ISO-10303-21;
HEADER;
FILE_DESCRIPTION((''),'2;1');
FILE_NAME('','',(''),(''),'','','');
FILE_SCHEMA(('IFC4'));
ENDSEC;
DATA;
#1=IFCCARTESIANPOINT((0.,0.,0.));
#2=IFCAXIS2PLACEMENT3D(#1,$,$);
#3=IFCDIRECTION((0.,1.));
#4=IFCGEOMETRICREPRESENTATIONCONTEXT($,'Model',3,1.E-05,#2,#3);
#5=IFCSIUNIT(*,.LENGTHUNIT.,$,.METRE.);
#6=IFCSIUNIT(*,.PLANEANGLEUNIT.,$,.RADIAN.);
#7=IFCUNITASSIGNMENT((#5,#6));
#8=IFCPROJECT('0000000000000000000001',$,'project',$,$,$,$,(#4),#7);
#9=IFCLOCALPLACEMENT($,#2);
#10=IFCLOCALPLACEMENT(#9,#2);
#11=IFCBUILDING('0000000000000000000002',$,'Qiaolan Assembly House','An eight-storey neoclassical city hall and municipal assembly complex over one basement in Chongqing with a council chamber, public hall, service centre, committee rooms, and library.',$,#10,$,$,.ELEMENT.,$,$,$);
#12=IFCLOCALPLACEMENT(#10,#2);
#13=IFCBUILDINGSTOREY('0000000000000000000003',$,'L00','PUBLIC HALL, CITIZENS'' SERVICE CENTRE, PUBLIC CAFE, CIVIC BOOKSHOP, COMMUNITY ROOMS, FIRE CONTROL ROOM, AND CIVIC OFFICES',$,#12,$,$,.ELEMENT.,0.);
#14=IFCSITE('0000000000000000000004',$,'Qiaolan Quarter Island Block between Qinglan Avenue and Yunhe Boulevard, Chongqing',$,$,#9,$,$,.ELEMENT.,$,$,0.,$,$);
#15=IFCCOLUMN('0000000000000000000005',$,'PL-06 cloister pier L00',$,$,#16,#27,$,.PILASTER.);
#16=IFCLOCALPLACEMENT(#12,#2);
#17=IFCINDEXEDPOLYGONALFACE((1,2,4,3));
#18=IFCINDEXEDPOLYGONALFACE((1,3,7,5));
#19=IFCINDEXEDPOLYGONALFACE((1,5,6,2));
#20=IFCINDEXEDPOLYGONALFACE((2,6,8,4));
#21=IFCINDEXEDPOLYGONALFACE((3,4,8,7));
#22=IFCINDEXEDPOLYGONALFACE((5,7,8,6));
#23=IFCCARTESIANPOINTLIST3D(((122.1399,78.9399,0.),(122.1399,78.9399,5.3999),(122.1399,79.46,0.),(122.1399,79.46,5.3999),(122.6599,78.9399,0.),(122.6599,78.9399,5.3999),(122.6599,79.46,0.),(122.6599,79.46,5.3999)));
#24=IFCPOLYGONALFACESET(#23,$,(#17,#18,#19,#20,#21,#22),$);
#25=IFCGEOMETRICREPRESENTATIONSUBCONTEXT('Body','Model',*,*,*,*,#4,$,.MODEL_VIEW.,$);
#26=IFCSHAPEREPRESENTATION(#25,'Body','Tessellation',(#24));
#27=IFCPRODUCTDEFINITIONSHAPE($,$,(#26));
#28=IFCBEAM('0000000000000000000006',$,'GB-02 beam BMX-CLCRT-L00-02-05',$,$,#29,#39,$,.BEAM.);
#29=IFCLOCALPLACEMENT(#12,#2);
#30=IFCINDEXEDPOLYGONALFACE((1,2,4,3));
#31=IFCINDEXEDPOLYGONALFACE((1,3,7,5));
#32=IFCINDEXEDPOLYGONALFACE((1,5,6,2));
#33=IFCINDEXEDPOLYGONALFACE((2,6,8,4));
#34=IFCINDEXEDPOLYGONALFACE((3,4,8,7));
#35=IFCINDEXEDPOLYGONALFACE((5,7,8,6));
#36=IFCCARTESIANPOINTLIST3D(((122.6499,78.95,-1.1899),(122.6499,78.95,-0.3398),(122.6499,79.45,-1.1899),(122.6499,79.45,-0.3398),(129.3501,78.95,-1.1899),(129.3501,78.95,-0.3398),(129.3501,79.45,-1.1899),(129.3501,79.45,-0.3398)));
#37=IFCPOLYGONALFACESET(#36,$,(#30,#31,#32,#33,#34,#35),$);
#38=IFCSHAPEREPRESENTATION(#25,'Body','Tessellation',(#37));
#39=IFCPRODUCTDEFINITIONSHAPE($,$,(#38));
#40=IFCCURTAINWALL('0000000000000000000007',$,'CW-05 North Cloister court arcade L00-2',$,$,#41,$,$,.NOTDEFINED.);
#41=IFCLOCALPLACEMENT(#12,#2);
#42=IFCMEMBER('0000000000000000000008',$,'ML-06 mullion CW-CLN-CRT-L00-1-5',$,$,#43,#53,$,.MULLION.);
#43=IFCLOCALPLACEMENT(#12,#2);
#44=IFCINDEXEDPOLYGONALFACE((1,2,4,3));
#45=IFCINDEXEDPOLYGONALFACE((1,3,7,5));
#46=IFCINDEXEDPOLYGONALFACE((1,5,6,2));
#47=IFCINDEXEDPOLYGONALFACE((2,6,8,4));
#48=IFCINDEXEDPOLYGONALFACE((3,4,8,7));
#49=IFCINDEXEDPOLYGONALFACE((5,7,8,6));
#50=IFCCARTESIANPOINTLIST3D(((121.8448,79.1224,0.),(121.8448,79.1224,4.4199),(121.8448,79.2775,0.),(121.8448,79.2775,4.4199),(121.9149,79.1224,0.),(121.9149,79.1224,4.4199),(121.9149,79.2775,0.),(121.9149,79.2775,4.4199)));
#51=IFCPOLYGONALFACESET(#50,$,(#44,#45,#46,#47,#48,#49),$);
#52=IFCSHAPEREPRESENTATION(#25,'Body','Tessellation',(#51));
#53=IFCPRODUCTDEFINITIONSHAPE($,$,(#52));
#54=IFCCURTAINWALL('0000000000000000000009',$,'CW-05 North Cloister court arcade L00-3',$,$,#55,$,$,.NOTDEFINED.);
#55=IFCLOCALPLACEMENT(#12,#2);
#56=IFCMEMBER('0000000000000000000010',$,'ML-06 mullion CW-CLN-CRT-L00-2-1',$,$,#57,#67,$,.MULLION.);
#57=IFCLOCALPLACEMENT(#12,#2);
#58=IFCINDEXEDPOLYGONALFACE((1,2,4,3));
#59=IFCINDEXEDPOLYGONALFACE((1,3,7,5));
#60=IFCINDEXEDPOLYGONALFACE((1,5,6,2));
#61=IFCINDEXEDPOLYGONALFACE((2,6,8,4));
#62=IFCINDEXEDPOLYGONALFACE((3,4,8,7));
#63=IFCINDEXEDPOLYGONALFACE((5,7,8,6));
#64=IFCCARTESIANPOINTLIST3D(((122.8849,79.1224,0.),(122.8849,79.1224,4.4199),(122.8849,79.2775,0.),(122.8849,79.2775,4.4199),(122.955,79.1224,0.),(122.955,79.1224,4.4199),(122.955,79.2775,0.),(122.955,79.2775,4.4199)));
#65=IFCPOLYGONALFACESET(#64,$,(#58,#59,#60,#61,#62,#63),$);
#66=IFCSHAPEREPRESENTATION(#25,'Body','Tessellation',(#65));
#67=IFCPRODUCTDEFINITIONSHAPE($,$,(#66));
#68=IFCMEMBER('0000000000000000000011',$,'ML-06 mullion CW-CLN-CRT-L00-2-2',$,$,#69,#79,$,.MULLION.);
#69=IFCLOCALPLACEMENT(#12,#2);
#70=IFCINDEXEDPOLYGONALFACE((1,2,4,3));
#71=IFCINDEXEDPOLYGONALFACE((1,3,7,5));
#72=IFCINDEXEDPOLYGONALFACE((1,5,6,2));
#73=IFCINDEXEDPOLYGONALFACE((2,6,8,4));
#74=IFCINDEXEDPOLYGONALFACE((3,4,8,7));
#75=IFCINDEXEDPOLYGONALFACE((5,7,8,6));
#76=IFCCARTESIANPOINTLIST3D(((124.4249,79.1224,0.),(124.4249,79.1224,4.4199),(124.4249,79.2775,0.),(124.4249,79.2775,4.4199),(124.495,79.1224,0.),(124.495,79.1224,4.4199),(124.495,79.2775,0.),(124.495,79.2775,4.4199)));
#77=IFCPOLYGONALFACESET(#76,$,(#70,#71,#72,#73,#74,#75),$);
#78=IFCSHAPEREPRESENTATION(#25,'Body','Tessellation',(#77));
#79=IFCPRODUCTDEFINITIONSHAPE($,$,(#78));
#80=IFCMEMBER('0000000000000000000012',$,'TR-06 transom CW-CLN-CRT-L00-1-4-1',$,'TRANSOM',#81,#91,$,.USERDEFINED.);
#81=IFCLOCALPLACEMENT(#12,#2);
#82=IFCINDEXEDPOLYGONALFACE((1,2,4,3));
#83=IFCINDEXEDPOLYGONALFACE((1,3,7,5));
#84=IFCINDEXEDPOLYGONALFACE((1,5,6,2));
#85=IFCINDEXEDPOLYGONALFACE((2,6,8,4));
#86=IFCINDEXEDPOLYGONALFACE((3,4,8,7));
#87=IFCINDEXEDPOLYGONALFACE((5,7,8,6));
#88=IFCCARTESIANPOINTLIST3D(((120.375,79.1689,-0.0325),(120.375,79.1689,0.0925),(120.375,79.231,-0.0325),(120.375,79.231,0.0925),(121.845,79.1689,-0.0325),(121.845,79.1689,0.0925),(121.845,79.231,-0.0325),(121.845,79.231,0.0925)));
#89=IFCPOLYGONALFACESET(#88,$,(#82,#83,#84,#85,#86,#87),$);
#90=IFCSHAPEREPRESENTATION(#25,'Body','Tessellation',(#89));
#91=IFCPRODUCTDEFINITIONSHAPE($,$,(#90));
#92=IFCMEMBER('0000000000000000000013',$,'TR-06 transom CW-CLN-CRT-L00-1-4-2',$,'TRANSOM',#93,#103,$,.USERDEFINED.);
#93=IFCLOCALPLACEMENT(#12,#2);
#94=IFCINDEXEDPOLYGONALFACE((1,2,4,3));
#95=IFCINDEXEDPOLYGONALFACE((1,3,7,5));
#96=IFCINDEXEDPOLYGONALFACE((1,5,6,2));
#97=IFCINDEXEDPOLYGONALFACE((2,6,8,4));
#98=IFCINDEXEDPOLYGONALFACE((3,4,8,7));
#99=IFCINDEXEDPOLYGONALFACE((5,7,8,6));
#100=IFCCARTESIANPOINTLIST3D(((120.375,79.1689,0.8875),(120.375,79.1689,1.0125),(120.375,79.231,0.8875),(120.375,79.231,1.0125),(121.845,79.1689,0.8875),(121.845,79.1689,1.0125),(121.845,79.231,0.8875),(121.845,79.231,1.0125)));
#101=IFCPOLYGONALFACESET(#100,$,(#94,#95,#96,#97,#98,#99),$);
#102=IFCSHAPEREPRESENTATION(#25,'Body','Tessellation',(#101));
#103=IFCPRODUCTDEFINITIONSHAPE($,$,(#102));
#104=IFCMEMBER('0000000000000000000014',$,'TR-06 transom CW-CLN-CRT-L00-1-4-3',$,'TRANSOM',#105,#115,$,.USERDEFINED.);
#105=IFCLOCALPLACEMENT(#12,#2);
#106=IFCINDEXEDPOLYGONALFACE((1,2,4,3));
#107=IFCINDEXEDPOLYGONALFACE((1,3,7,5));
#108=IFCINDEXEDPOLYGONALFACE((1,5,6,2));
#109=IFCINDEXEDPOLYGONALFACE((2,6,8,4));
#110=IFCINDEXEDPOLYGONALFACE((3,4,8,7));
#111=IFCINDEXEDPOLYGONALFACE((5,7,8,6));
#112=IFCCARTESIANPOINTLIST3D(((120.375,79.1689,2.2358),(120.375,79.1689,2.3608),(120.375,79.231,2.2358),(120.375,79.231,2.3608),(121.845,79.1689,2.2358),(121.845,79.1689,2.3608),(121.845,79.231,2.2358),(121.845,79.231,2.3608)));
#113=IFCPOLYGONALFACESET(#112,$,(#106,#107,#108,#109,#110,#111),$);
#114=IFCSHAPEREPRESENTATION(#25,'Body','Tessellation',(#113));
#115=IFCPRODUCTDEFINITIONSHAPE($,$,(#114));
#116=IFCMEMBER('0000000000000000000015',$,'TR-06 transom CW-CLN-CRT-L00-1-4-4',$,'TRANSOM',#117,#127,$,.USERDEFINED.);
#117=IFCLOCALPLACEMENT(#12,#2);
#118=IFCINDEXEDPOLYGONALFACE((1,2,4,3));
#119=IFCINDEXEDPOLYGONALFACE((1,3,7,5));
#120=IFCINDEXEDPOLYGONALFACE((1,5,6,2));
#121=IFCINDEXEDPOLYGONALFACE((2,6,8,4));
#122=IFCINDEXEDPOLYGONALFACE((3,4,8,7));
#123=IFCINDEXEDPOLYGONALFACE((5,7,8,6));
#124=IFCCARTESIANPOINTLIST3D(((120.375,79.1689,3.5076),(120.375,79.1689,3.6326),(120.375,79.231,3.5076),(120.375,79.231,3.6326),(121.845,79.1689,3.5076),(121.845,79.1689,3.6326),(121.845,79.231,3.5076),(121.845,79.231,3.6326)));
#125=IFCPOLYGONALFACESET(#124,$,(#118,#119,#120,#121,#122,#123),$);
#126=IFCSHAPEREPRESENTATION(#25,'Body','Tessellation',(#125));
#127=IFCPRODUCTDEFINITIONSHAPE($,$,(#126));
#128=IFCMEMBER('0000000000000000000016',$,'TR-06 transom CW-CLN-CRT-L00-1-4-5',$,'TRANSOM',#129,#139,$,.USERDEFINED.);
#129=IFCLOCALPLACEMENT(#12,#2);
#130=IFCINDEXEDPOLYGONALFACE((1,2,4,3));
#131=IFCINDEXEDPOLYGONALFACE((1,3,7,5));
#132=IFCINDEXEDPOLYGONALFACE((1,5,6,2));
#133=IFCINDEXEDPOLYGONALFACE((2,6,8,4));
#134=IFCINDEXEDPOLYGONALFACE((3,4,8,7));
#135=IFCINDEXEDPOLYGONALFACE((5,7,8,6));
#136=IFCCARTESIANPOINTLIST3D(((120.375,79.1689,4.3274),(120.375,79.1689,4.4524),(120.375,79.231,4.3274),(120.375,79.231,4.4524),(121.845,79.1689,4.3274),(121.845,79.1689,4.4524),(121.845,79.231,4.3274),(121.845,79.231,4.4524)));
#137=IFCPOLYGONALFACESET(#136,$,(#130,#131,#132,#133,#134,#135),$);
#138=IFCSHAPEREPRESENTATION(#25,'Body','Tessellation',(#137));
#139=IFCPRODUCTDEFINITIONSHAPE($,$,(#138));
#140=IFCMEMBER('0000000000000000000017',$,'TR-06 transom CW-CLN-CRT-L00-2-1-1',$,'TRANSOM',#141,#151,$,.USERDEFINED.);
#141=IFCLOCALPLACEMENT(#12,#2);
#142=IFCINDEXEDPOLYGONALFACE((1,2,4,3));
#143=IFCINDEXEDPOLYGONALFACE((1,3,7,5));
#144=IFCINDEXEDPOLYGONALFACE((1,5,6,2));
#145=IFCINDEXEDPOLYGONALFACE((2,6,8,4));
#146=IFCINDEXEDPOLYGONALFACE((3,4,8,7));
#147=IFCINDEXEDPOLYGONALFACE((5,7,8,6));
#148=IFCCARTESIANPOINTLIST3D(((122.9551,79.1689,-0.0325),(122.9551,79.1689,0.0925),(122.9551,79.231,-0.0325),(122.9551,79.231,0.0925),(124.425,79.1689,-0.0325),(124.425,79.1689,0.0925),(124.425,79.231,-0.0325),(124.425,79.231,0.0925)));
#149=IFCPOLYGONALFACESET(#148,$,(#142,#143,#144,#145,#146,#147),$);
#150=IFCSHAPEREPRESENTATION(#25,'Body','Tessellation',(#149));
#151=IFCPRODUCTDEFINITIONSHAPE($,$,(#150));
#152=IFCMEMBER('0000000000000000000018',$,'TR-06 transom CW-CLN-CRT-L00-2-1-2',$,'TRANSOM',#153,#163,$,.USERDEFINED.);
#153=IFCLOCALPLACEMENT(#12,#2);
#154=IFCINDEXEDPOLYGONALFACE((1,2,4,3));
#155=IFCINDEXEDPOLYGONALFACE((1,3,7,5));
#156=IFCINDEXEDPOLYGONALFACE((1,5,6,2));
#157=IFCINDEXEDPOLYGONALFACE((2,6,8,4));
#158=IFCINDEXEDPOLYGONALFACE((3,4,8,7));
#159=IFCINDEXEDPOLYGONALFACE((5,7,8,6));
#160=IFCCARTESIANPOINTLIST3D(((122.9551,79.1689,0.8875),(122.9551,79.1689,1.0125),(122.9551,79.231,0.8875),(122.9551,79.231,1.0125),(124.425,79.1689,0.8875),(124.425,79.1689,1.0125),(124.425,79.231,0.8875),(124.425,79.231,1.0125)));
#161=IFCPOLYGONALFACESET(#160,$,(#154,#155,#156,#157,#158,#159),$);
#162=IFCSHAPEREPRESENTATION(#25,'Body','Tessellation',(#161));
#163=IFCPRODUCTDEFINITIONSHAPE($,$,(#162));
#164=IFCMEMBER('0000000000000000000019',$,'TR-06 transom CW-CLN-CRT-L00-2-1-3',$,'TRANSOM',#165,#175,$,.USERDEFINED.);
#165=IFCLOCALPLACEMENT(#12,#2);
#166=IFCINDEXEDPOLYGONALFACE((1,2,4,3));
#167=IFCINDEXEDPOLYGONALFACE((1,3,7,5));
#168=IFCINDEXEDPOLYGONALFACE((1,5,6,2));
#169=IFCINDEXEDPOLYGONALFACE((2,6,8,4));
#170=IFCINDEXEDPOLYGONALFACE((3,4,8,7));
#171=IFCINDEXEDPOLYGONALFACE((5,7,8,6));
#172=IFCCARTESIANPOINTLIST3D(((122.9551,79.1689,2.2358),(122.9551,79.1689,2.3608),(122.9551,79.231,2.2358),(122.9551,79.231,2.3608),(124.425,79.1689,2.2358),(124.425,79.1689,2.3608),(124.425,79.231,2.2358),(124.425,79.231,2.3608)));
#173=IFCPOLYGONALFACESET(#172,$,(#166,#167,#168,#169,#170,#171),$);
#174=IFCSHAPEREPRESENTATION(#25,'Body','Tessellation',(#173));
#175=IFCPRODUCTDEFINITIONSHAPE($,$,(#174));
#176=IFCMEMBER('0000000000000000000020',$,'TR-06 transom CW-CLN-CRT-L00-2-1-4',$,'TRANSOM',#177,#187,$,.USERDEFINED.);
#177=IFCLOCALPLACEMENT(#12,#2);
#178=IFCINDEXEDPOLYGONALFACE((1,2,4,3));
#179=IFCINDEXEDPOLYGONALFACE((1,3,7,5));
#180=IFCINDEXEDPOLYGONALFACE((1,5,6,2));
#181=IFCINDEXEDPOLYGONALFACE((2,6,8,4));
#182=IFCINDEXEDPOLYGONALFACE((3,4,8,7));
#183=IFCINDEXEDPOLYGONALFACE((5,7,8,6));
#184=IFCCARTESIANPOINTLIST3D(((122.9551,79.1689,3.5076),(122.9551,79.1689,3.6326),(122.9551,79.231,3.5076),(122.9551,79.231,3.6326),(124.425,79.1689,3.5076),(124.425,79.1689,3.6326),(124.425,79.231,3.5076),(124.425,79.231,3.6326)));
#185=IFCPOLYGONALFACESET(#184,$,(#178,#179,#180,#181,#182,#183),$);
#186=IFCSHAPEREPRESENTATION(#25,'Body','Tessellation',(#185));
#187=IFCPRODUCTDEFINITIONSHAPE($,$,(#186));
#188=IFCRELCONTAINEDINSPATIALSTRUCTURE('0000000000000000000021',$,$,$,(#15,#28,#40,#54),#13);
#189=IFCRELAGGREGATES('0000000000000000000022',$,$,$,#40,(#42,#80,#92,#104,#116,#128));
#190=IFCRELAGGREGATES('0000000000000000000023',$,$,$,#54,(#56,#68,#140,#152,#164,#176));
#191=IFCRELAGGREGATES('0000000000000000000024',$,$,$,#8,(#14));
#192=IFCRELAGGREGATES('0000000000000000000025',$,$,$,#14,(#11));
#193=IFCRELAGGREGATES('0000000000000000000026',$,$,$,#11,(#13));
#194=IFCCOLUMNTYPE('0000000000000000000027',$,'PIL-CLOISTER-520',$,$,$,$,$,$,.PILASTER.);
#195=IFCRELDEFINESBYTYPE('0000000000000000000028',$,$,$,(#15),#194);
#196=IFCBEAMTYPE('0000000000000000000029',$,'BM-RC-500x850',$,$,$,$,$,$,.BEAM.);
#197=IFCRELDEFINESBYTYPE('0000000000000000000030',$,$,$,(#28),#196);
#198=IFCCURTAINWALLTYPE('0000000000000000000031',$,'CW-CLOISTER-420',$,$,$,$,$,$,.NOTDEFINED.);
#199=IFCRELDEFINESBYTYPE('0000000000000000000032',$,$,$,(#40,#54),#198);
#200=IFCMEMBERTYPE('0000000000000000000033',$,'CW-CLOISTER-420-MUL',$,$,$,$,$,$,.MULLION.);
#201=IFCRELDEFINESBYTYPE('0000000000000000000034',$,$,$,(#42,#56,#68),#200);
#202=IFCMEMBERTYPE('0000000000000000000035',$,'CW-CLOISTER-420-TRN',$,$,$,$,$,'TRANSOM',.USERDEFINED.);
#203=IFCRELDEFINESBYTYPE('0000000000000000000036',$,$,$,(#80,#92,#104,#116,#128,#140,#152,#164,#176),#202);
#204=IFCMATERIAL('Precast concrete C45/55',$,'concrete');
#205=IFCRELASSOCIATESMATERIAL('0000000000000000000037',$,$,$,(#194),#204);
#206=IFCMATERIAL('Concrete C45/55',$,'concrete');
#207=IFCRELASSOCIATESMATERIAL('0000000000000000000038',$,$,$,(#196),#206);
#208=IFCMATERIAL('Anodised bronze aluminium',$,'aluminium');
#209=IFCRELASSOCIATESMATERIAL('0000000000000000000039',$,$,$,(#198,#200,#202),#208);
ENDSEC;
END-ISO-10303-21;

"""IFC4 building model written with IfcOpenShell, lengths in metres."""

from ifc_helpers import new_model, si_unit, direction, frame, origin, origin_2d, place, context, subcontext, project, spatial, rectangle, extrude, material, material_profile, profile_set, type_object, element, aggregate, save


model = new_model("IFC4")

# Units and contexts
model_context = context("Model", 3, precision=1e-05, world=origin(), true_north=direction((0.0, 1.0)))
body_context = subcontext(model_context, "Body", "Model", "MODEL_VIEW")
ifc_project = project(units=[si_unit("LENGTHUNIT", "METRE"), si_unit("PLANEANGLEUNIT", "RADIAN")], contexts=[model_context])

# Site, building, storey
site_placement = place(None, origin())
site = spatial("IfcSite", under=ifc_project, at=site_placement, Name="Qiaolan Quarter Island Block between Qinglan Avenue and Yunhe Boulevard, Chongqing", CompositionType="ELEMENT", RefElevation=0.0)
building_placement = place(site_placement, origin())
building = spatial("IfcBuilding", under=site, at=building_placement, Name="Qiaolan Assembly House", Description="An eight-storey neoclassical city hall and municipal assembly complex over one basement in Chongqing with a council chamber, public hall, service centre, committee rooms, and library.", CompositionType="ELEMENT")
storey_placement = place(building_placement, origin())
storey = spatial("IfcBuildingStorey", under=building, at=storey_placement, Name="L00", Description="PUBLIC HALL, CITIZENS' SERVICE CENTRE, PUBLIC CAFE, CIVIC BOOKSHOP, COMMUNITY ROOMS, FIRE CONTROL ROOM, AND CIVIC OFFICES", CompositionType="ELEMENT", Elevation=0.0)

# Column
ifc_material_1 = material(Name="Precast concrete C45/55", Category="concrete")
ifc_material_profile_1 = material_profile(ifc_material_1, rectangle(XDim=0.52, YDim=0.52, at=origin_2d()), Name="PIL 520x520")
ifc_profile_set_1 = profile_set([ifc_material_profile_1], Name="Precast concrete C45/55")
column_type = type_object("IfcColumnType", Name="PIL-CLOISTER-520", PredefinedType="PILASTER", material=ifc_profile_set_1)
column_placement = place(storey_placement, frame((122.3999, 79.2, 0.0), z_axis=(0.0, 0.0, 1.0), x_axis=(1.0, 0.0, 0.0)))
element("IfcColumn", 1, at=column_placement, inside=storey, type_object=column_type, Name="PL-06 cloister pier L00", PredefinedType="PILASTER", context=body_context, shape_type="SweptSolid", body=[
    extrude(rectangle(XDim=0.52, YDim=0.52, at=origin_2d()), origin(), (0.0, 0.0, 1.0), 5.3999),
])

# Beam
ifc_material_2 = material(Name="Concrete C45/55", Category="concrete")
ifc_material_profile_2 = material_profile(ifc_material_2, rectangle(XDim=0.5, YDim=0.8501, at=origin_2d()), Name="RCB 500x850")
ifc_profile_set_2 = profile_set([ifc_material_profile_2], Name="Concrete C45/55")
beam_type = type_object("IfcBeamType", Name="BM-RC-500x850", PredefinedType="BEAM", material=ifc_profile_set_2)
beam_placement = place(storey_placement, frame((122.6499, 79.2, -0.7649), z_axis=(1.0, 0.0, 0.0), x_axis=(0.0, 1.0, 0.0)))
element("IfcBeam", 2, at=beam_placement, inside=storey, type_object=beam_type, Name="GB-02 beam BMX-CLCRT-L00-02-05", PredefinedType="BEAM", context=body_context, shape_type="SweptSolid", body=[
    extrude(rectangle(XDim=0.5, YDim=0.8501, at=origin_2d()), origin(), (0.0, 0.0, 1.0), 6.7002),
])

# Curtain wall, member
ifc_material_3 = material(Name="Anodised bronze aluminium", Category="aluminium")
curtain_wall_type = type_object("IfcCurtainWallType", Name="CW-CLOISTER-420", PredefinedType="NOTDEFINED", material=ifc_material_3)
curtain_wall_1_placement = place(storey_placement, origin())
curtain_wall_1 = element("IfcCurtainWall", 3, at=curtain_wall_1_placement, inside=storey, type_object=curtain_wall_type, Name="CW-05 North Cloister court arcade L00-2", PredefinedType="NOTDEFINED")
ifc_material_profile_3 = material_profile(ifc_material_3, rectangle(XDim=0.0701, YDim=0.155, at=origin_2d()), Name="MUL 70x155")
ifc_profile_set_3 = profile_set([ifc_material_profile_3], Name="Anodised bronze aluminium")
member_type_1 = type_object("IfcMemberType", Name="CW-CLOISTER-420-MUL", PredefinedType="MULLION", material=ifc_profile_set_3)
member_1_placement = place(storey_placement, frame((121.8799, 79.2, 0.0), z_axis=(0.0, 0.0, 1.0), x_axis=(1.0, 0.0, 0.0)))
member_1 = element("IfcMember", 4, at=member_1_placement, type_object=member_type_1, Name="ML-06 mullion CW-CLN-CRT-L00-1-5", PredefinedType="MULLION", context=body_context, shape_type="SweptSolid", body=[
    extrude(rectangle(XDim=0.0701, YDim=0.155, at=origin_2d()), origin(), (0.0, 0.0, 1.0), 4.4199),
])

# Curtain wall, members
curtain_wall_2_placement = place(storey_placement, origin())
curtain_wall_2 = element("IfcCurtainWall", 5, at=curtain_wall_2_placement, inside=storey, type_object=curtain_wall_type, Name="CW-05 North Cloister court arcade L00-3", PredefinedType="NOTDEFINED")
member_2_placement = place(storey_placement, frame((122.9199, 79.2, 0.0), z_axis=(0.0, 0.0, 1.0), x_axis=(1.0, 0.0, 0.0)))
member_2 = element("IfcMember", 6, at=member_2_placement, type_object=member_type_1, Name="ML-06 mullion CW-CLN-CRT-L00-2-1", PredefinedType="MULLION", context=body_context, shape_type="SweptSolid", body=[
    extrude(rectangle(XDim=0.0701, YDim=0.155, at=origin_2d()), origin(), (0.0, 0.0, 1.0), 4.4199),
])
member_3_placement = place(storey_placement, frame((124.46, 79.2, 0.0), z_axis=(0.0, 0.0, 1.0), x_axis=(1.0, 0.0, 0.0)))
member_3 = element("IfcMember", 7, at=member_3_placement, type_object=member_type_1, Name="ML-06 mullion CW-CLN-CRT-L00-2-2", PredefinedType="MULLION", context=body_context, shape_type="SweptSolid", body=[
    extrude(rectangle(XDim=0.0701, YDim=0.155, at=origin_2d()), origin(), (0.0, 0.0, 1.0), 4.4199),
])

# Members
ifc_material_profile_4 = material_profile(ifc_material_3, rectangle(XDim=0.062, YDim=0.125, at=origin_2d()), Name="TRN 62x125")
ifc_profile_set_4 = profile_set([ifc_material_profile_4], Name="Anodised bronze aluminium")
member_type_2 = type_object("IfcMemberType", Name="CW-CLOISTER-420-TRN", ElementType="TRANSOM", PredefinedType="USERDEFINED", material=ifc_profile_set_4)
member_4_placement = place(storey_placement, frame((120.375, 79.2, 0.03), z_axis=(1.0, 0.0, 0.0), x_axis=(0.0, 1.0, 0.0)))
member_4 = element("IfcMember", 8, at=member_4_placement, type_object=member_type_2, Name="TR-06 transom CW-CLN-CRT-L00-1-4-1", ObjectType="TRANSOM", PredefinedType="USERDEFINED", context=body_context, shape_type="SweptSolid", body=[
    extrude(rectangle(XDim=0.062, YDim=0.125, at=origin_2d()), origin(), (0.0, 0.0, 1.0), 1.47),
])
member_5_placement = place(storey_placement, frame((120.375, 79.2, 0.95), z_axis=(1.0, 0.0, 0.0), x_axis=(0.0, 1.0, 0.0)))
member_5 = element("IfcMember", 9, at=member_5_placement, type_object=member_type_2, Name="TR-06 transom CW-CLN-CRT-L00-1-4-2", ObjectType="TRANSOM", PredefinedType="USERDEFINED", context=body_context, shape_type="SweptSolid", body=[
    extrude(rectangle(XDim=0.062, YDim=0.125, at=origin_2d()), origin(), (0.0, 0.0, 1.0), 1.47),
])
member_6_placement = place(storey_placement, frame((120.375, 79.2, 2.2983), z_axis=(1.0, 0.0, 0.0), x_axis=(0.0, 1.0, 0.0)))
member_6 = element("IfcMember", 10, at=member_6_placement, type_object=member_type_2, Name="TR-06 transom CW-CLN-CRT-L00-1-4-3", ObjectType="TRANSOM", PredefinedType="USERDEFINED", context=body_context, shape_type="SweptSolid", body=[
    extrude(rectangle(XDim=0.062, YDim=0.125, at=origin_2d()), origin(), (0.0, 0.0, 1.0), 1.47),
])
member_7_placement = place(storey_placement, frame((120.375, 79.2, 3.5701), z_axis=(1.0, 0.0, 0.0), x_axis=(0.0, 1.0, 0.0)))
member_7 = element("IfcMember", 11, at=member_7_placement, type_object=member_type_2, Name="TR-06 transom CW-CLN-CRT-L00-1-4-4", ObjectType="TRANSOM", PredefinedType="USERDEFINED", context=body_context, shape_type="SweptSolid", body=[
    extrude(rectangle(XDim=0.062, YDim=0.125, at=origin_2d()), origin(), (0.0, 0.0, 1.0), 1.47),
])
member_8_placement = place(storey_placement, frame((120.375, 79.2, 4.3899), z_axis=(1.0, 0.0, 0.0), x_axis=(0.0, 1.0, 0.0)))
member_8 = element("IfcMember", 12, at=member_8_placement, type_object=member_type_2, Name="TR-06 transom CW-CLN-CRT-L00-1-4-5", ObjectType="TRANSOM", PredefinedType="USERDEFINED", context=body_context, shape_type="SweptSolid", body=[
    extrude(rectangle(XDim=0.062, YDim=0.125, at=origin_2d()), origin(), (0.0, 0.0, 1.0), 1.47),
])
member_9_placement = place(storey_placement, frame((122.9551, 79.2, 0.03), z_axis=(1.0, 0.0, 0.0), x_axis=(0.0, 1.0, 0.0)))
member_9 = element("IfcMember", 13, at=member_9_placement, type_object=member_type_2, Name="TR-06 transom CW-CLN-CRT-L00-2-1-1", ObjectType="TRANSOM", PredefinedType="USERDEFINED", context=body_context, shape_type="SweptSolid", body=[
    extrude(rectangle(XDim=0.062, YDim=0.125, at=origin_2d()), origin(), (0.0, 0.0, 1.0), 1.47),
])
member_10_placement = place(storey_placement, frame((122.9551, 79.2, 0.95), z_axis=(1.0, 0.0, 0.0), x_axis=(0.0, 1.0, 0.0)))
member_10 = element("IfcMember", 14, at=member_10_placement, type_object=member_type_2, Name="TR-06 transom CW-CLN-CRT-L00-2-1-2", ObjectType="TRANSOM", PredefinedType="USERDEFINED", context=body_context, shape_type="SweptSolid", body=[
    extrude(rectangle(XDim=0.062, YDim=0.125, at=origin_2d()), origin(), (0.0, 0.0, 1.0), 1.47),
])
member_11_placement = place(storey_placement, frame((122.9551, 79.2, 2.2983), z_axis=(1.0, 0.0, 0.0), x_axis=(0.0, 1.0, 0.0)))
member_11 = element("IfcMember", 15, at=member_11_placement, type_object=member_type_2, Name="TR-06 transom CW-CLN-CRT-L00-2-1-3", ObjectType="TRANSOM", PredefinedType="USERDEFINED", context=body_context, shape_type="SweptSolid", body=[
    extrude(rectangle(XDim=0.062, YDim=0.125, at=origin_2d()), origin(), (0.0, 0.0, 1.0), 1.47),
])
member_12_placement = place(storey_placement, frame((122.9551, 79.2, 3.5701), z_axis=(1.0, 0.0, 0.0), x_axis=(0.0, 1.0, 0.0)))
member_12 = element("IfcMember", 16, at=member_12_placement, type_object=member_type_2, Name="TR-06 transom CW-CLN-CRT-L00-2-1-4", ObjectType="TRANSOM", PredefinedType="USERDEFINED", context=body_context, shape_type="SweptSolid", body=[
    extrude(rectangle(XDim=0.062, YDim=0.125, at=origin_2d()), origin(), (0.0, 0.0, 1.0), 1.47),
])

aggregate(curtain_wall_1, [member_1, member_4, member_5, member_6, member_7, member_8])
aggregate(curtain_wall_2, [member_2, member_3, member_9, member_10, member_11, member_12])

save(model, "model.ifc")
